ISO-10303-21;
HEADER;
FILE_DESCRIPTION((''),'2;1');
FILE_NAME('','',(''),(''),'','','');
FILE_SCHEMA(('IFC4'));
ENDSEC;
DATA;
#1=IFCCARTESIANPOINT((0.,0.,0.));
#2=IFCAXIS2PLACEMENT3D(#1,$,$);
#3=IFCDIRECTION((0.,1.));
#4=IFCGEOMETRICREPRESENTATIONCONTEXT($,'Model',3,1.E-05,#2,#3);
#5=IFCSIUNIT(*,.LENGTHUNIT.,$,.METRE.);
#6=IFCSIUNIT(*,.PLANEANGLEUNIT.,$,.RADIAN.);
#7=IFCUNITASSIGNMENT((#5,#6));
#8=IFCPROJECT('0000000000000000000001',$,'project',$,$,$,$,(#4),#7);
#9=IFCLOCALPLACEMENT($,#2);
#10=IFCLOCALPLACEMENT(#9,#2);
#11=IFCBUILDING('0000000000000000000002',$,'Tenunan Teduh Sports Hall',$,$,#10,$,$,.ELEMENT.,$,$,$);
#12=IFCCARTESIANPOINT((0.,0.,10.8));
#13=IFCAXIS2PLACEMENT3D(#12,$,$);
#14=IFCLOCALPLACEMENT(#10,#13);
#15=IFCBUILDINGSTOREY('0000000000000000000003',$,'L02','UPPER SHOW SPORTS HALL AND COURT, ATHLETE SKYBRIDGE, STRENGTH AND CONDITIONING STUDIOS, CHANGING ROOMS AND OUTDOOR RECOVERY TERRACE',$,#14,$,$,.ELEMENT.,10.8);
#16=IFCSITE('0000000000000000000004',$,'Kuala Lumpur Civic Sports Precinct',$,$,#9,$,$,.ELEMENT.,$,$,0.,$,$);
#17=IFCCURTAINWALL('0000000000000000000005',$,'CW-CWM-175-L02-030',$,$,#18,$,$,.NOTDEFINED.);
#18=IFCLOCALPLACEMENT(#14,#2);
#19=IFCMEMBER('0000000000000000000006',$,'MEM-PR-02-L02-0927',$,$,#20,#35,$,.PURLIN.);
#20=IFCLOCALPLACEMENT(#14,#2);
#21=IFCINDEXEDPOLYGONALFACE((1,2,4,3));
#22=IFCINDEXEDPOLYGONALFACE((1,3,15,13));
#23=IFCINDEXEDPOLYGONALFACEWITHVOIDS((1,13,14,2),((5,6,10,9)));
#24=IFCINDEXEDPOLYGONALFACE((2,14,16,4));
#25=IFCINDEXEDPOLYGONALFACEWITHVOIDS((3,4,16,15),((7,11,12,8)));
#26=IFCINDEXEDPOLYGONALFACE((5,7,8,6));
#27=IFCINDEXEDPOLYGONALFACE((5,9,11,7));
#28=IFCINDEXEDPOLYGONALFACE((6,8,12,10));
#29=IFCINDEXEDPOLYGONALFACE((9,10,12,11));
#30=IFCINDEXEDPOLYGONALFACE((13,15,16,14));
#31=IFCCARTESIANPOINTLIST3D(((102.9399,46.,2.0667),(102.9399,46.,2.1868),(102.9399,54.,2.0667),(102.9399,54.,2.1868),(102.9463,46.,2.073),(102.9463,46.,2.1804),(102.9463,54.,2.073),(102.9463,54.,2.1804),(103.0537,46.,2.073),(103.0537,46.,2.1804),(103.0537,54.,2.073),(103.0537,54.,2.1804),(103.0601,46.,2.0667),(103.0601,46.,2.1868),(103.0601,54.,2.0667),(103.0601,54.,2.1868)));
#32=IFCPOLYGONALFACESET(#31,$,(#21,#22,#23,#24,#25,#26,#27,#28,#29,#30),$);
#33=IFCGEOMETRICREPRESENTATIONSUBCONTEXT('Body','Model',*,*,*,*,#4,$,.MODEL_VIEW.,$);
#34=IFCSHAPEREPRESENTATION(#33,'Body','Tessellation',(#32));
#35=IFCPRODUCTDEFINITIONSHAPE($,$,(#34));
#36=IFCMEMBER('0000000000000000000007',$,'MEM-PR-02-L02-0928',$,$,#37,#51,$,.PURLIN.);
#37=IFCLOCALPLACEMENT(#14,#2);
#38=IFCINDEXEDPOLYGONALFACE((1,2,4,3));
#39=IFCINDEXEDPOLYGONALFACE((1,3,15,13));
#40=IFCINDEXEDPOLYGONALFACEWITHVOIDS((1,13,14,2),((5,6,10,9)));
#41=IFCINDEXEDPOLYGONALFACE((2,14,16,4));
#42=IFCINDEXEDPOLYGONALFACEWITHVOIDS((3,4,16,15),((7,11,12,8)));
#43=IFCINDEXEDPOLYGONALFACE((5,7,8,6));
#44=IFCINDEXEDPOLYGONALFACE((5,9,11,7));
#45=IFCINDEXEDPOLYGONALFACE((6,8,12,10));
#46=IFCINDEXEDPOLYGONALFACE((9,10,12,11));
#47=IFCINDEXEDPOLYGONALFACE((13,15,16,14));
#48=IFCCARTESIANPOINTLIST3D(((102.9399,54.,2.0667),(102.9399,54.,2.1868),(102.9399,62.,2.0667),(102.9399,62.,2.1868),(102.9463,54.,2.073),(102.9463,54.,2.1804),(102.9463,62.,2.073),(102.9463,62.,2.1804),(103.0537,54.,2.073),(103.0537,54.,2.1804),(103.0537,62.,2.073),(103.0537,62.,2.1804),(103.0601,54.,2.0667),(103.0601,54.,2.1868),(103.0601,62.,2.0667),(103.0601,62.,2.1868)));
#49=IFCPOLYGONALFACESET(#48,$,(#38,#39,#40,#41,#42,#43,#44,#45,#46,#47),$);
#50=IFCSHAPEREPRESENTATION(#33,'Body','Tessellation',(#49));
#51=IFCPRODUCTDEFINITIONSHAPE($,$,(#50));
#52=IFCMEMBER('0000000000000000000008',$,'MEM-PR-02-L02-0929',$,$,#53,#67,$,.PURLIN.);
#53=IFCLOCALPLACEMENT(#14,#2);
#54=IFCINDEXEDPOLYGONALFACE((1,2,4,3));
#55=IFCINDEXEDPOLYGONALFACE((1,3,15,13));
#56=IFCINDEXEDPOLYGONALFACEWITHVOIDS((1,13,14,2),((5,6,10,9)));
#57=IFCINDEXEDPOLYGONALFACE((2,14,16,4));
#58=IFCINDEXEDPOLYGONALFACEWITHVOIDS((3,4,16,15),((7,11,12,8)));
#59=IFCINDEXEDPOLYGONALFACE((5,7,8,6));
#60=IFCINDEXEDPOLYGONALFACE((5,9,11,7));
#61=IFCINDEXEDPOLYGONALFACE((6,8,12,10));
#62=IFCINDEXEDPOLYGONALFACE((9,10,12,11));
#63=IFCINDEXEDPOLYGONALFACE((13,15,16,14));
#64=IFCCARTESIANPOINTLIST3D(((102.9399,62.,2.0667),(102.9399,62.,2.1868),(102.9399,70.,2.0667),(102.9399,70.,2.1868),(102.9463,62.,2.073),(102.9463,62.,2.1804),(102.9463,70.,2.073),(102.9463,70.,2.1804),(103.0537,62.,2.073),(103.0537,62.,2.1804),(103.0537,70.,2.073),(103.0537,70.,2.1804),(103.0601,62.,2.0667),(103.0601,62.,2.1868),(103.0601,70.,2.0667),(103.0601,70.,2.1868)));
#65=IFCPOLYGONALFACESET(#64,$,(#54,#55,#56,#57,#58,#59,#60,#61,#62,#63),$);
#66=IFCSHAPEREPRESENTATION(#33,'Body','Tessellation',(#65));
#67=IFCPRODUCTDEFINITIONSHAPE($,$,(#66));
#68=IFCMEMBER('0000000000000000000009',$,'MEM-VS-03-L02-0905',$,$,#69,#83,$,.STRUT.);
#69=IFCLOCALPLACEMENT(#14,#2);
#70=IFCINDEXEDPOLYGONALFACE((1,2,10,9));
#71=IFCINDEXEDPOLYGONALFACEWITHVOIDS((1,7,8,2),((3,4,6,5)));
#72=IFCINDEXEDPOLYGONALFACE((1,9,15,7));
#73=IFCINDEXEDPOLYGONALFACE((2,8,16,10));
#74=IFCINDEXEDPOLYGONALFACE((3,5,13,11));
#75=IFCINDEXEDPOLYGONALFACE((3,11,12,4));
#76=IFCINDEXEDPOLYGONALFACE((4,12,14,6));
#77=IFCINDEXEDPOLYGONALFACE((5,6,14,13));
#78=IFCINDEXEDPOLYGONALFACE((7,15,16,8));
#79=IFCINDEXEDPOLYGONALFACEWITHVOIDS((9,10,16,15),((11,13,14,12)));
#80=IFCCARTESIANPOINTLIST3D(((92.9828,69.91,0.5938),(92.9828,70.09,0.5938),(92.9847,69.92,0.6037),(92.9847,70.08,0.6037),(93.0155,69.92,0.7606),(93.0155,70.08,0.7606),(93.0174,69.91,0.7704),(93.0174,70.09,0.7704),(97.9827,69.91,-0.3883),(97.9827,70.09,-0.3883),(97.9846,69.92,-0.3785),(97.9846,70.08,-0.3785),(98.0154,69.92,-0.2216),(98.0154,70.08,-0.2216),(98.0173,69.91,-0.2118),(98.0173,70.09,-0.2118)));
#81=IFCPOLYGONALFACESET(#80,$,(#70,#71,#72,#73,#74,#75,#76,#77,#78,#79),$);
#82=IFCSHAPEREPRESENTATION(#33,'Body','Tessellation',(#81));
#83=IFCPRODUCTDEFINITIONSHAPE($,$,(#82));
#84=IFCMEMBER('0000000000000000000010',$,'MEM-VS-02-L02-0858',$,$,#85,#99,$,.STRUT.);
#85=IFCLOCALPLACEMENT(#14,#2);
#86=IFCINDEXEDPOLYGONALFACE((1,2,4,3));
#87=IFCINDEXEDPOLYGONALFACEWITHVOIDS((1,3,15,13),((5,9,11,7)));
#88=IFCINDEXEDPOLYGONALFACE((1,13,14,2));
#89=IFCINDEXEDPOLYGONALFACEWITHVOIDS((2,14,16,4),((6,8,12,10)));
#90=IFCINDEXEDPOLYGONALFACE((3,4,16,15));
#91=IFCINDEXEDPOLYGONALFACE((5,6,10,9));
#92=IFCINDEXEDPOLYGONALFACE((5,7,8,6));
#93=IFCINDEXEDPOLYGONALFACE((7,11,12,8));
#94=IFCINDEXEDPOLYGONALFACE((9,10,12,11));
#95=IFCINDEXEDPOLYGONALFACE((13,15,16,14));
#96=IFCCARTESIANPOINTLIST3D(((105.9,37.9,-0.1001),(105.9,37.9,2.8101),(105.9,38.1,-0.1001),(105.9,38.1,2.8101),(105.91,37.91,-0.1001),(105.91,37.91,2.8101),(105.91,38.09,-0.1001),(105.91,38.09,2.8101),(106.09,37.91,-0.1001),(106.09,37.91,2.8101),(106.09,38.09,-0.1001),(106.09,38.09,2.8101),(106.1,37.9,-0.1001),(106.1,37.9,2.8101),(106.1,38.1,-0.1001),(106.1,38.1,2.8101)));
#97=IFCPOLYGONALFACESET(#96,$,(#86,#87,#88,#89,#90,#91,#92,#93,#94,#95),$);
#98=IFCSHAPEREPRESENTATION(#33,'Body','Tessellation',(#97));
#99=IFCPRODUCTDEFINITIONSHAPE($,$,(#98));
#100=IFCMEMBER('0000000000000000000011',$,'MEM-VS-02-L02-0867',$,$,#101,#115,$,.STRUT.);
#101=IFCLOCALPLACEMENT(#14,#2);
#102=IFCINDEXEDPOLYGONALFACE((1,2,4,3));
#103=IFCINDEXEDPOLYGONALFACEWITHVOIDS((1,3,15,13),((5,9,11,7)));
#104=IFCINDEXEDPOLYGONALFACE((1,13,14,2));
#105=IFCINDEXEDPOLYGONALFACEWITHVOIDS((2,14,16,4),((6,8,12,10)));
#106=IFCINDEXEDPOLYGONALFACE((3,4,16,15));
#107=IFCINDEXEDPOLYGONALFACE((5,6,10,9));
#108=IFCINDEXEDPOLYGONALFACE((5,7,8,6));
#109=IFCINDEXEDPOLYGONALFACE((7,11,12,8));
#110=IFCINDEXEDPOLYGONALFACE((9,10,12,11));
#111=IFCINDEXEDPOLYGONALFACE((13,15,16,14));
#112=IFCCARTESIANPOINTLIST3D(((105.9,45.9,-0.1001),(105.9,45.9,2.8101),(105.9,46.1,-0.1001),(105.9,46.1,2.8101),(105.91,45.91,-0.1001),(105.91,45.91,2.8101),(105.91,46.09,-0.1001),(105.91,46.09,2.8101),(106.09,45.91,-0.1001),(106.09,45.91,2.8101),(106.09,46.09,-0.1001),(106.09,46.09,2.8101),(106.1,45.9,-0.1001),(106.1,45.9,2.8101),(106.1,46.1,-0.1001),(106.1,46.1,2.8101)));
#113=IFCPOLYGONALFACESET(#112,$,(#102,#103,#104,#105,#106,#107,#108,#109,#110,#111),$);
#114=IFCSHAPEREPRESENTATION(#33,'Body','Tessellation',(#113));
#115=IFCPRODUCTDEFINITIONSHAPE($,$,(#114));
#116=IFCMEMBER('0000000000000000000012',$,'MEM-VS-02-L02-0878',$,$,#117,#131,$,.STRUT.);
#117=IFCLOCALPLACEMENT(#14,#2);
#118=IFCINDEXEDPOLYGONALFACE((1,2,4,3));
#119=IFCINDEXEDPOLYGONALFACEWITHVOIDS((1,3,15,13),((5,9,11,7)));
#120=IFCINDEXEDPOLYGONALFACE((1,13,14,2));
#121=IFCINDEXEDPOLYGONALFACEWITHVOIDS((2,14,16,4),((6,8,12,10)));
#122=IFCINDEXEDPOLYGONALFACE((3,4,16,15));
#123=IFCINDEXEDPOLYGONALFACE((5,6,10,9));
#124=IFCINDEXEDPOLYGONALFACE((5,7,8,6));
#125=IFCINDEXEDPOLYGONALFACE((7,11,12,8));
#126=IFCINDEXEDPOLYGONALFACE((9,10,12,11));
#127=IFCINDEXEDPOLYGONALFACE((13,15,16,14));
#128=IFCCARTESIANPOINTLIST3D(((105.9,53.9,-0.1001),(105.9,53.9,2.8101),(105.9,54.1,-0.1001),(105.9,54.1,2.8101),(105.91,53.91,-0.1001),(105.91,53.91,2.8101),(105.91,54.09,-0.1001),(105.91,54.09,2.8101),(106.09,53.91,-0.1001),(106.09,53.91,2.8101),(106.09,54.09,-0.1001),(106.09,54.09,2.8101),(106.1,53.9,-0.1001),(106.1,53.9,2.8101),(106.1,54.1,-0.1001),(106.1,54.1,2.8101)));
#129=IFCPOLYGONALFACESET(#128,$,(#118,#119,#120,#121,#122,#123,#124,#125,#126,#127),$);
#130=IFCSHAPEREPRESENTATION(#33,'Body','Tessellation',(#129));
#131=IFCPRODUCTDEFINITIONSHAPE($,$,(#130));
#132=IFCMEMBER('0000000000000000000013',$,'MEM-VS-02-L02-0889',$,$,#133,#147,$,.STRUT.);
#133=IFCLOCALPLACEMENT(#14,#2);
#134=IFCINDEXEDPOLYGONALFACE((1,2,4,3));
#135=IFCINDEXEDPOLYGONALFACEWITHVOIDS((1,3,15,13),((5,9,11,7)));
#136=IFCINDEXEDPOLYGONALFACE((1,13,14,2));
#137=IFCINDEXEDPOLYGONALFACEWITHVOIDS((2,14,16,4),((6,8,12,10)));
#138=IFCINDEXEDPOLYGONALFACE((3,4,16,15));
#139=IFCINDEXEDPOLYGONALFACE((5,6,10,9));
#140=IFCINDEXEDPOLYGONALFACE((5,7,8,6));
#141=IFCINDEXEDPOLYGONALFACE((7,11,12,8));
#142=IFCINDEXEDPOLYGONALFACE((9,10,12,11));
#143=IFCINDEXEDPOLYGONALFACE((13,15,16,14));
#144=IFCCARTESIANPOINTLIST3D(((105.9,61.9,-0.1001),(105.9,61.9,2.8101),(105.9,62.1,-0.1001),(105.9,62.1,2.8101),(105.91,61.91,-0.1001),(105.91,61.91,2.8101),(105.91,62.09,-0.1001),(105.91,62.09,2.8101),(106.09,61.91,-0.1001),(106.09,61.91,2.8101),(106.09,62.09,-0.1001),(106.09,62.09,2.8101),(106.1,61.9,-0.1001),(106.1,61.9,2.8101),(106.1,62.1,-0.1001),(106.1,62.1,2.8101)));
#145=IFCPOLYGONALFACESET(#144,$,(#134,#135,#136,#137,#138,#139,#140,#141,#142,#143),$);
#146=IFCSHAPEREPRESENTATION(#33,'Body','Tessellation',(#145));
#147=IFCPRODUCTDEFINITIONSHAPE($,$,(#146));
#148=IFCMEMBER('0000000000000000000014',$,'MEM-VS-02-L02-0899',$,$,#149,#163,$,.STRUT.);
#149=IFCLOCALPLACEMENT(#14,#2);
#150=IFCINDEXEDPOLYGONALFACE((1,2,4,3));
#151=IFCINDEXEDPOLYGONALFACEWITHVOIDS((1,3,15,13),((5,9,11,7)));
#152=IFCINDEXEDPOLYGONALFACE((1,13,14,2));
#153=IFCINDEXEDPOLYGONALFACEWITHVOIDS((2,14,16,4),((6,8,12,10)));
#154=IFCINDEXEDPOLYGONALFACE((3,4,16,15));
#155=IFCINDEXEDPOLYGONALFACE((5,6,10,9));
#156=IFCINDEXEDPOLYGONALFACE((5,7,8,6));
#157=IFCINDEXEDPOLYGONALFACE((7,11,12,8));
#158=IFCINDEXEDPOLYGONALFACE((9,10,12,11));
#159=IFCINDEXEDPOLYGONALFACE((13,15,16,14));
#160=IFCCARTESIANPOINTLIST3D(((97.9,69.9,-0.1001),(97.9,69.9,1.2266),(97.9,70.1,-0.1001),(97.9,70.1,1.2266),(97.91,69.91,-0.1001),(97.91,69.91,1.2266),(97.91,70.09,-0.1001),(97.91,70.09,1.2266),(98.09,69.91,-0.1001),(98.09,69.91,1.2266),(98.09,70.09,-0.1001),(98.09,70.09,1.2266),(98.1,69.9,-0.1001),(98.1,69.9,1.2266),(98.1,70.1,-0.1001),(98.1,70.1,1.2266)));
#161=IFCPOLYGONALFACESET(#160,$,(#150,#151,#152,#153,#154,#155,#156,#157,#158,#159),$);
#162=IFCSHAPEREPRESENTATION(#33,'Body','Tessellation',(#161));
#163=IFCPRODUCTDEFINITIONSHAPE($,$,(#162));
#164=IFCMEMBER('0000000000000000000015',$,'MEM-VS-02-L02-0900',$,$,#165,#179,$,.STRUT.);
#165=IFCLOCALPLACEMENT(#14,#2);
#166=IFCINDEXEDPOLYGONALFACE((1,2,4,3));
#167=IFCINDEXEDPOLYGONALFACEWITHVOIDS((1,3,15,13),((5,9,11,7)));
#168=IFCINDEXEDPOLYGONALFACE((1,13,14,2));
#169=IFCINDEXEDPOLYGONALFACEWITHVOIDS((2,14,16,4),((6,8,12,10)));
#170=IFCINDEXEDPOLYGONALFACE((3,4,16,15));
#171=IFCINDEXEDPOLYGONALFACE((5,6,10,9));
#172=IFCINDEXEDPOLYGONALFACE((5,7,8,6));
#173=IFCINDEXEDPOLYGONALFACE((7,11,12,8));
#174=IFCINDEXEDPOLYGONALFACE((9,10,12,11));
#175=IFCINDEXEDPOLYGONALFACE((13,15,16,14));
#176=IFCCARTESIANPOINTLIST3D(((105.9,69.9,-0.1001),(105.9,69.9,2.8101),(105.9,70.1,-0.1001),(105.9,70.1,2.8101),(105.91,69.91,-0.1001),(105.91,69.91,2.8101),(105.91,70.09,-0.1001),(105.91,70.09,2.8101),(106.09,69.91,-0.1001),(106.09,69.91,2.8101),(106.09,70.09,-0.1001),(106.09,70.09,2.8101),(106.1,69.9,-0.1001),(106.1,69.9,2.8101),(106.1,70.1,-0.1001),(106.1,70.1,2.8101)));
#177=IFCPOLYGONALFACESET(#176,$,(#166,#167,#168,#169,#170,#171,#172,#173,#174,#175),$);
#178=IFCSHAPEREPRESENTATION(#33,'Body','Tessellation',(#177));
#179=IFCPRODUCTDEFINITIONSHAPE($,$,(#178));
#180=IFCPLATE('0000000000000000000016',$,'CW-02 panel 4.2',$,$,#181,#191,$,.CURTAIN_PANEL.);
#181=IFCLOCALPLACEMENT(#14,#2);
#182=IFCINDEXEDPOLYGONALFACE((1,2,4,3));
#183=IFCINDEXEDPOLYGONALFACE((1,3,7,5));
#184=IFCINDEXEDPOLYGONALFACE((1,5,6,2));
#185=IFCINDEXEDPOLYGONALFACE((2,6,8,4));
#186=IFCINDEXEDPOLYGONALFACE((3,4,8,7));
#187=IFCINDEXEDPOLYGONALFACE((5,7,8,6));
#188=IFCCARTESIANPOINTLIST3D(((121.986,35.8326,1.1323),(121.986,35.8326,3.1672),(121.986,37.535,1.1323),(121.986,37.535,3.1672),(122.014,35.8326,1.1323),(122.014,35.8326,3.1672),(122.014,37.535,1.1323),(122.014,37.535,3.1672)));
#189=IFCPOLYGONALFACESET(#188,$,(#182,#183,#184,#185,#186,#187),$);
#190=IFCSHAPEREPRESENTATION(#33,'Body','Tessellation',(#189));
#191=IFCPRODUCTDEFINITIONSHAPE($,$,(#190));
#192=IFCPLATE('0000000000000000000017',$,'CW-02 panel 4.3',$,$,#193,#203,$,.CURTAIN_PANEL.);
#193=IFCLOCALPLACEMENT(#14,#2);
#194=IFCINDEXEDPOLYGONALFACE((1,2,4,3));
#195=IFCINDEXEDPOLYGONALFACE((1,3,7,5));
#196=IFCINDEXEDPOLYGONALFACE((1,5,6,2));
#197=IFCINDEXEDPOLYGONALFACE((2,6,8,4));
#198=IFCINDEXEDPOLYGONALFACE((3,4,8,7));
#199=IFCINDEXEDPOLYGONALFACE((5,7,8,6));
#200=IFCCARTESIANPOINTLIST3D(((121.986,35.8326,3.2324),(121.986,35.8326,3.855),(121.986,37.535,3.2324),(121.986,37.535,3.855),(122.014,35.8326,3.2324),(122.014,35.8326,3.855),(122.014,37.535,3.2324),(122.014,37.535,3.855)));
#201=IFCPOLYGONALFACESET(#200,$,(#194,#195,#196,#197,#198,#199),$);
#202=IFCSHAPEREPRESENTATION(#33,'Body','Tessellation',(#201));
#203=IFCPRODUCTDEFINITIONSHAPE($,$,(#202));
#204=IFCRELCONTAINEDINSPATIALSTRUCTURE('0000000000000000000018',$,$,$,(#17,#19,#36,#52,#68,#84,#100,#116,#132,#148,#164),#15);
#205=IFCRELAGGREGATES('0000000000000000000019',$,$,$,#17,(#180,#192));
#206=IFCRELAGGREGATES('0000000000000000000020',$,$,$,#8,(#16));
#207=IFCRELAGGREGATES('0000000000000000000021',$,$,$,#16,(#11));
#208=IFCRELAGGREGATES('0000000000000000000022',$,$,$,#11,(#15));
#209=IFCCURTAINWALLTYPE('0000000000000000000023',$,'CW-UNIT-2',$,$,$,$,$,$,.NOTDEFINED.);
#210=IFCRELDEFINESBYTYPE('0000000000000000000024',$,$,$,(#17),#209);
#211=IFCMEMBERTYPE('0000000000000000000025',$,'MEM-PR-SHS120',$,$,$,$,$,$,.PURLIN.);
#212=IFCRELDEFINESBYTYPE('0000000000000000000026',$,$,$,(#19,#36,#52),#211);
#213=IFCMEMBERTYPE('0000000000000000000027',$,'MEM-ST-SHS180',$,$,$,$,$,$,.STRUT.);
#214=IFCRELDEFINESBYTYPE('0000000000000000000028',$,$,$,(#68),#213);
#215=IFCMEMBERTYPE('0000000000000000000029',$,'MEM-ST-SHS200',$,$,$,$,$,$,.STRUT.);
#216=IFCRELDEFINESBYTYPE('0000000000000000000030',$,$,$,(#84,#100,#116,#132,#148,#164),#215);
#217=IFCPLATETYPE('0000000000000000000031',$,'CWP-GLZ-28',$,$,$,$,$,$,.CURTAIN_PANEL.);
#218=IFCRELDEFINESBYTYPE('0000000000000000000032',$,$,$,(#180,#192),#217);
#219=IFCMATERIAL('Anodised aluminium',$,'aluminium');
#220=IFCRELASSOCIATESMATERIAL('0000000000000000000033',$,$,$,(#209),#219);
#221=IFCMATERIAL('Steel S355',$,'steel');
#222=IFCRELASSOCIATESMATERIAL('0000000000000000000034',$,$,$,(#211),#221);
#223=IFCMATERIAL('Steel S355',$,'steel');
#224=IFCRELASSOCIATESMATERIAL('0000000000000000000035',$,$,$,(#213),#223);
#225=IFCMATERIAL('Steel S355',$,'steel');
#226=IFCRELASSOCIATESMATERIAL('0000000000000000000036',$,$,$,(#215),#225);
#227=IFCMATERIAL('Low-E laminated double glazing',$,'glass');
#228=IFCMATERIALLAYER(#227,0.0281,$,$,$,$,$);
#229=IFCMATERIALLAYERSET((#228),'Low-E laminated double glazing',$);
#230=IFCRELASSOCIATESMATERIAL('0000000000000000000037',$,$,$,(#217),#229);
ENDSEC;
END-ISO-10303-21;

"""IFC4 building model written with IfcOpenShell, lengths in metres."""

from ifc_helpers import new_model, si_unit, direction, frame, origin, origin_2d, place, context, subcontext, project, spatial, rectangle, hollow_rectangle, extrude, material, layer, layer_set, material_profile, profile_set, type_object, element, aggregate, save


model = new_model("IFC4")

# Units and contexts
model_context = context("Model", 3, precision=1e-05, world=origin(), true_north=direction((0.0, 1.0)))
body_context = subcontext(model_context, "Body", "Model", "MODEL_VIEW")
ifc_project = project(units=[si_unit("LENGTHUNIT", "METRE"), si_unit("PLANEANGLEUNIT", "RADIAN")], contexts=[model_context])

# Site, building, storey
site_placement = place(None, origin())
site = spatial("IfcSite", under=ifc_project, at=site_placement, Name="Kuala Lumpur Civic Sports Precinct", CompositionType="ELEMENT", RefElevation=0.0)
building_placement = place(site_placement, origin())
building = spatial("IfcBuilding", under=site, at=building_placement, Name="Tenunan Teduh Sports Hall", CompositionType="ELEMENT")
storey_placement = place(building_placement, frame((0.0, 0.0, 10.8)))
storey = spatial("IfcBuildingStorey", under=building, at=storey_placement, Name="L02", Description="UPPER SHOW SPORTS HALL AND COURT, ATHLETE SKYBRIDGE, STRENGTH AND CONDITIONING STUDIOS, CHANGING ROOMS AND OUTDOOR RECOVERY TERRACE", CompositionType="ELEMENT", Elevation=10.8)

# Curtain wall
ifc_material_1 = material(Name="Anodised aluminium", Category="aluminium")
curtain_wall_type = type_object("IfcCurtainWallType", Name="CW-UNIT-2", PredefinedType="NOTDEFINED", material=ifc_material_1)
curtain_wall_placement = place(storey_placement, origin())
curtain_wall = element("IfcCurtainWall", 1, at=curtain_wall_placement, inside=storey, type_object=curtain_wall_type, Name="CW-CWM-175-L02-030", PredefinedType="NOTDEFINED")

# Members
ifc_material_2 = material(Name="Steel S355", Category="steel")
ifc_material_profile_1 = material_profile(ifc_material_2, hollow_rectangle(XDim=0.1201, YDim=0.1201, WallThickness=0.0063, at=origin_2d()), Name="SHS 120x120x6.3")
ifc_profile_set_1 = profile_set([ifc_material_profile_1], Name="Steel S355")
member_type_1 = type_object("IfcMemberType", Name="MEM-PR-SHS120", PredefinedType="PURLIN", material=ifc_profile_set_1)
for number, where, z_axis, x_axis, name in (
    (2, (103.0, 46.0, 2.1267), (0.0, 1.0, 0.0), (-1.0, 0.0, 0.0), "MEM-PR-02-L02-0927"),
    (3, (103.0, 54.0, 2.1267), (0.0, 1.0, 0.0), (-1.0, 0.0, 0.0), "MEM-PR-02-L02-0928"),
    (4, (103.0, 62.0, 2.1267), (0.0, 1.0, 0.0), (-1.0, 0.0, 0.0), "MEM-PR-02-L02-0929"),
):
    element("IfcMember", number, at=place(storey_placement, frame(where, z_axis=z_axis, x_axis=x_axis)), inside=storey, type_object=member_type_1, Name=name, PredefinedType="PURLIN", context=body_context, shape_type="SweptSolid", body=[
        extrude(hollow_rectangle(XDim=0.1201, YDim=0.1201, WallThickness=0.0063, at=origin_2d()), origin(), (0.0, 0.0, 1.0), 8.0),
    ])
ifc_material_3 = material(Name="Steel S355", Category="steel")
ifc_material_profile_2 = material_profile(ifc_material_3, hollow_rectangle(XDim=0.1799, YDim=0.1799, WallThickness=0.01, at=origin_2d()), Name="SHS 180x180x10.0")
ifc_profile_set_2 = profile_set([ifc_material_profile_2], Name="Steel S355")
member_type_2 = type_object("IfcMemberType", Name="MEM-ST-SHS180", PredefinedType="STRUT", material=ifc_profile_set_2)
member_1_placement = place(storey_placement, frame((98.0, 70.0, -0.3), z_axis=(-0.981248, 0.0, 0.192752), x_axis=(0.0, -1.0, 0.0)))
element("IfcMember", 5, at=member_1_placement, inside=storey, type_object=member_type_2, Name="MEM-VS-03-L02-0905", PredefinedType="STRUT", context=body_context, shape_type="SweptSolid", body=[
    extrude(hollow_rectangle(XDim=0.1799, YDim=0.1799, WallThickness=0.01, at=origin_2d()), origin(), (0.0, 0.0, 1.0), 5.0955),
])
ifc_material_4 = material(Name="Steel S355", Category="steel")
ifc_material_profile_3 = material_profile(ifc_material_4, hollow_rectangle(XDim=0.2, YDim=0.2, WallThickness=0.01, at=origin_2d()), Name="SHS 200x200x10.0")
ifc_profile_set_3 = profile_set([ifc_material_profile_3], Name="Steel S355")
member_type_3 = type_object("IfcMemberType", Name="MEM-ST-SHS200", PredefinedType="STRUT", material=ifc_profile_set_3)
for number, where, z_axis, x_axis, name in (
    (6, (106.0, 38.0, -0.1001), (0.0, 0.0, 1.0), (1.0, 0.0, 0.0), "MEM-VS-02-L02-0858"),
    (7, (106.0, 46.0, -0.1001), (0.0, 0.0, 1.0), (1.0, 0.0, 0.0), "MEM-VS-02-L02-0867"),
    (8, (106.0, 54.0, -0.1001), (0.0, 0.0, 1.0), (1.0, 0.0, 0.0), "MEM-VS-02-L02-0878"),
    (9, (106.0, 62.0, -0.1001), (0.0, 0.0, 1.0), (1.0, 0.0, 0.0), "MEM-VS-02-L02-0889"),
):
    element("IfcMember", number, at=place(storey_placement, frame(where, z_axis=z_axis, x_axis=x_axis)), inside=storey, type_object=member_type_3, Name=name, PredefinedType="STRUT", context=body_context, shape_type="SweptSolid", body=[
        extrude(hollow_rectangle(XDim=0.2, YDim=0.2, WallThickness=0.01, at=origin_2d()), origin(), (0.0, 0.0, 1.0), 2.9102),
    ])
member_2_placement = place(storey_placement, frame((98.0, 70.0, -0.1001), z_axis=(0.0, 0.0, 1.0), x_axis=(1.0, 0.0, 0.0)))
element("IfcMember", 10, at=member_2_placement, inside=storey, type_object=member_type_3, Name="MEM-VS-02-L02-0899", PredefinedType="STRUT", context=body_context, shape_type="SweptSolid", body=[
    extrude(hollow_rectangle(XDim=0.2, YDim=0.2, WallThickness=0.01, at=origin_2d()), origin(), (0.0, 0.0, 1.0), 1.3267),
])
member_3_placement = place(storey_placement, frame((106.0, 70.0, -0.1001), z_axis=(0.0, 0.0, 1.0), x_axis=(1.0, 0.0, 0.0)))
element("IfcMember", 11, at=member_3_placement, inside=storey, type_object=member_type_3, Name="MEM-VS-02-L02-0900", PredefinedType="STRUT", context=body_context, shape_type="SweptSolid", body=[
    extrude(hollow_rectangle(XDim=0.2, YDim=0.2, WallThickness=0.01, at=origin_2d()), origin(), (0.0, 0.0, 1.0), 2.9102),
])

# Plates
ifc_material_5 = material(Name="Low-E laminated double glazing", Category="glass")
ifc_layer_1 = layer(ifc_material_5, 0.0281)
ifc_layer_set_1 = layer_set([ifc_layer_1], Name="Low-E laminated double glazing")
plate_type_1 = type_object("IfcPlateType", Name="CWP-GLZ-28", PredefinedType="CURTAIN_PANEL", material=ifc_layer_set_1)
plate_1_placement = place(storey_placement, frame((122.0, 36.6838, 1.1323), z_axis=(0.0, 0.0, 1.0), x_axis=(0.0, 1.0, 0.0)))
plate_1 = element("IfcPlate", 12, at=plate_1_placement, type_object=plate_type_1, Name="CW-02 panel 4.2", PredefinedType="CURTAIN_PANEL", context=body_context, shape_type="SweptSolid", body=[
    extrude(rectangle(XDim=1.7024, YDim=0.0281, at=origin_2d()), origin(), (0.0, 0.0, 1.0), 2.0349),
])
plate_2_placement = place(storey_placement, frame((122.0, 36.6838, 3.2324), z_axis=(0.0, 0.0, 1.0), x_axis=(0.0, 1.0, 0.0)))
plate_2 = element("IfcPlate", 13, at=plate_2_placement, type_object=plate_type_1, Name="CW-02 panel 4.3", PredefinedType="CURTAIN_PANEL", context=body_context, shape_type="SweptSolid", body=[
    extrude(rectangle(XDim=1.7024, YDim=0.0281, at=origin_2d()), origin(), (0.0, 0.0, 1.0), 0.6226),
])
aggregate(curtain_wall, [plate_1, plate_2])

save(model, "model.ifc")
